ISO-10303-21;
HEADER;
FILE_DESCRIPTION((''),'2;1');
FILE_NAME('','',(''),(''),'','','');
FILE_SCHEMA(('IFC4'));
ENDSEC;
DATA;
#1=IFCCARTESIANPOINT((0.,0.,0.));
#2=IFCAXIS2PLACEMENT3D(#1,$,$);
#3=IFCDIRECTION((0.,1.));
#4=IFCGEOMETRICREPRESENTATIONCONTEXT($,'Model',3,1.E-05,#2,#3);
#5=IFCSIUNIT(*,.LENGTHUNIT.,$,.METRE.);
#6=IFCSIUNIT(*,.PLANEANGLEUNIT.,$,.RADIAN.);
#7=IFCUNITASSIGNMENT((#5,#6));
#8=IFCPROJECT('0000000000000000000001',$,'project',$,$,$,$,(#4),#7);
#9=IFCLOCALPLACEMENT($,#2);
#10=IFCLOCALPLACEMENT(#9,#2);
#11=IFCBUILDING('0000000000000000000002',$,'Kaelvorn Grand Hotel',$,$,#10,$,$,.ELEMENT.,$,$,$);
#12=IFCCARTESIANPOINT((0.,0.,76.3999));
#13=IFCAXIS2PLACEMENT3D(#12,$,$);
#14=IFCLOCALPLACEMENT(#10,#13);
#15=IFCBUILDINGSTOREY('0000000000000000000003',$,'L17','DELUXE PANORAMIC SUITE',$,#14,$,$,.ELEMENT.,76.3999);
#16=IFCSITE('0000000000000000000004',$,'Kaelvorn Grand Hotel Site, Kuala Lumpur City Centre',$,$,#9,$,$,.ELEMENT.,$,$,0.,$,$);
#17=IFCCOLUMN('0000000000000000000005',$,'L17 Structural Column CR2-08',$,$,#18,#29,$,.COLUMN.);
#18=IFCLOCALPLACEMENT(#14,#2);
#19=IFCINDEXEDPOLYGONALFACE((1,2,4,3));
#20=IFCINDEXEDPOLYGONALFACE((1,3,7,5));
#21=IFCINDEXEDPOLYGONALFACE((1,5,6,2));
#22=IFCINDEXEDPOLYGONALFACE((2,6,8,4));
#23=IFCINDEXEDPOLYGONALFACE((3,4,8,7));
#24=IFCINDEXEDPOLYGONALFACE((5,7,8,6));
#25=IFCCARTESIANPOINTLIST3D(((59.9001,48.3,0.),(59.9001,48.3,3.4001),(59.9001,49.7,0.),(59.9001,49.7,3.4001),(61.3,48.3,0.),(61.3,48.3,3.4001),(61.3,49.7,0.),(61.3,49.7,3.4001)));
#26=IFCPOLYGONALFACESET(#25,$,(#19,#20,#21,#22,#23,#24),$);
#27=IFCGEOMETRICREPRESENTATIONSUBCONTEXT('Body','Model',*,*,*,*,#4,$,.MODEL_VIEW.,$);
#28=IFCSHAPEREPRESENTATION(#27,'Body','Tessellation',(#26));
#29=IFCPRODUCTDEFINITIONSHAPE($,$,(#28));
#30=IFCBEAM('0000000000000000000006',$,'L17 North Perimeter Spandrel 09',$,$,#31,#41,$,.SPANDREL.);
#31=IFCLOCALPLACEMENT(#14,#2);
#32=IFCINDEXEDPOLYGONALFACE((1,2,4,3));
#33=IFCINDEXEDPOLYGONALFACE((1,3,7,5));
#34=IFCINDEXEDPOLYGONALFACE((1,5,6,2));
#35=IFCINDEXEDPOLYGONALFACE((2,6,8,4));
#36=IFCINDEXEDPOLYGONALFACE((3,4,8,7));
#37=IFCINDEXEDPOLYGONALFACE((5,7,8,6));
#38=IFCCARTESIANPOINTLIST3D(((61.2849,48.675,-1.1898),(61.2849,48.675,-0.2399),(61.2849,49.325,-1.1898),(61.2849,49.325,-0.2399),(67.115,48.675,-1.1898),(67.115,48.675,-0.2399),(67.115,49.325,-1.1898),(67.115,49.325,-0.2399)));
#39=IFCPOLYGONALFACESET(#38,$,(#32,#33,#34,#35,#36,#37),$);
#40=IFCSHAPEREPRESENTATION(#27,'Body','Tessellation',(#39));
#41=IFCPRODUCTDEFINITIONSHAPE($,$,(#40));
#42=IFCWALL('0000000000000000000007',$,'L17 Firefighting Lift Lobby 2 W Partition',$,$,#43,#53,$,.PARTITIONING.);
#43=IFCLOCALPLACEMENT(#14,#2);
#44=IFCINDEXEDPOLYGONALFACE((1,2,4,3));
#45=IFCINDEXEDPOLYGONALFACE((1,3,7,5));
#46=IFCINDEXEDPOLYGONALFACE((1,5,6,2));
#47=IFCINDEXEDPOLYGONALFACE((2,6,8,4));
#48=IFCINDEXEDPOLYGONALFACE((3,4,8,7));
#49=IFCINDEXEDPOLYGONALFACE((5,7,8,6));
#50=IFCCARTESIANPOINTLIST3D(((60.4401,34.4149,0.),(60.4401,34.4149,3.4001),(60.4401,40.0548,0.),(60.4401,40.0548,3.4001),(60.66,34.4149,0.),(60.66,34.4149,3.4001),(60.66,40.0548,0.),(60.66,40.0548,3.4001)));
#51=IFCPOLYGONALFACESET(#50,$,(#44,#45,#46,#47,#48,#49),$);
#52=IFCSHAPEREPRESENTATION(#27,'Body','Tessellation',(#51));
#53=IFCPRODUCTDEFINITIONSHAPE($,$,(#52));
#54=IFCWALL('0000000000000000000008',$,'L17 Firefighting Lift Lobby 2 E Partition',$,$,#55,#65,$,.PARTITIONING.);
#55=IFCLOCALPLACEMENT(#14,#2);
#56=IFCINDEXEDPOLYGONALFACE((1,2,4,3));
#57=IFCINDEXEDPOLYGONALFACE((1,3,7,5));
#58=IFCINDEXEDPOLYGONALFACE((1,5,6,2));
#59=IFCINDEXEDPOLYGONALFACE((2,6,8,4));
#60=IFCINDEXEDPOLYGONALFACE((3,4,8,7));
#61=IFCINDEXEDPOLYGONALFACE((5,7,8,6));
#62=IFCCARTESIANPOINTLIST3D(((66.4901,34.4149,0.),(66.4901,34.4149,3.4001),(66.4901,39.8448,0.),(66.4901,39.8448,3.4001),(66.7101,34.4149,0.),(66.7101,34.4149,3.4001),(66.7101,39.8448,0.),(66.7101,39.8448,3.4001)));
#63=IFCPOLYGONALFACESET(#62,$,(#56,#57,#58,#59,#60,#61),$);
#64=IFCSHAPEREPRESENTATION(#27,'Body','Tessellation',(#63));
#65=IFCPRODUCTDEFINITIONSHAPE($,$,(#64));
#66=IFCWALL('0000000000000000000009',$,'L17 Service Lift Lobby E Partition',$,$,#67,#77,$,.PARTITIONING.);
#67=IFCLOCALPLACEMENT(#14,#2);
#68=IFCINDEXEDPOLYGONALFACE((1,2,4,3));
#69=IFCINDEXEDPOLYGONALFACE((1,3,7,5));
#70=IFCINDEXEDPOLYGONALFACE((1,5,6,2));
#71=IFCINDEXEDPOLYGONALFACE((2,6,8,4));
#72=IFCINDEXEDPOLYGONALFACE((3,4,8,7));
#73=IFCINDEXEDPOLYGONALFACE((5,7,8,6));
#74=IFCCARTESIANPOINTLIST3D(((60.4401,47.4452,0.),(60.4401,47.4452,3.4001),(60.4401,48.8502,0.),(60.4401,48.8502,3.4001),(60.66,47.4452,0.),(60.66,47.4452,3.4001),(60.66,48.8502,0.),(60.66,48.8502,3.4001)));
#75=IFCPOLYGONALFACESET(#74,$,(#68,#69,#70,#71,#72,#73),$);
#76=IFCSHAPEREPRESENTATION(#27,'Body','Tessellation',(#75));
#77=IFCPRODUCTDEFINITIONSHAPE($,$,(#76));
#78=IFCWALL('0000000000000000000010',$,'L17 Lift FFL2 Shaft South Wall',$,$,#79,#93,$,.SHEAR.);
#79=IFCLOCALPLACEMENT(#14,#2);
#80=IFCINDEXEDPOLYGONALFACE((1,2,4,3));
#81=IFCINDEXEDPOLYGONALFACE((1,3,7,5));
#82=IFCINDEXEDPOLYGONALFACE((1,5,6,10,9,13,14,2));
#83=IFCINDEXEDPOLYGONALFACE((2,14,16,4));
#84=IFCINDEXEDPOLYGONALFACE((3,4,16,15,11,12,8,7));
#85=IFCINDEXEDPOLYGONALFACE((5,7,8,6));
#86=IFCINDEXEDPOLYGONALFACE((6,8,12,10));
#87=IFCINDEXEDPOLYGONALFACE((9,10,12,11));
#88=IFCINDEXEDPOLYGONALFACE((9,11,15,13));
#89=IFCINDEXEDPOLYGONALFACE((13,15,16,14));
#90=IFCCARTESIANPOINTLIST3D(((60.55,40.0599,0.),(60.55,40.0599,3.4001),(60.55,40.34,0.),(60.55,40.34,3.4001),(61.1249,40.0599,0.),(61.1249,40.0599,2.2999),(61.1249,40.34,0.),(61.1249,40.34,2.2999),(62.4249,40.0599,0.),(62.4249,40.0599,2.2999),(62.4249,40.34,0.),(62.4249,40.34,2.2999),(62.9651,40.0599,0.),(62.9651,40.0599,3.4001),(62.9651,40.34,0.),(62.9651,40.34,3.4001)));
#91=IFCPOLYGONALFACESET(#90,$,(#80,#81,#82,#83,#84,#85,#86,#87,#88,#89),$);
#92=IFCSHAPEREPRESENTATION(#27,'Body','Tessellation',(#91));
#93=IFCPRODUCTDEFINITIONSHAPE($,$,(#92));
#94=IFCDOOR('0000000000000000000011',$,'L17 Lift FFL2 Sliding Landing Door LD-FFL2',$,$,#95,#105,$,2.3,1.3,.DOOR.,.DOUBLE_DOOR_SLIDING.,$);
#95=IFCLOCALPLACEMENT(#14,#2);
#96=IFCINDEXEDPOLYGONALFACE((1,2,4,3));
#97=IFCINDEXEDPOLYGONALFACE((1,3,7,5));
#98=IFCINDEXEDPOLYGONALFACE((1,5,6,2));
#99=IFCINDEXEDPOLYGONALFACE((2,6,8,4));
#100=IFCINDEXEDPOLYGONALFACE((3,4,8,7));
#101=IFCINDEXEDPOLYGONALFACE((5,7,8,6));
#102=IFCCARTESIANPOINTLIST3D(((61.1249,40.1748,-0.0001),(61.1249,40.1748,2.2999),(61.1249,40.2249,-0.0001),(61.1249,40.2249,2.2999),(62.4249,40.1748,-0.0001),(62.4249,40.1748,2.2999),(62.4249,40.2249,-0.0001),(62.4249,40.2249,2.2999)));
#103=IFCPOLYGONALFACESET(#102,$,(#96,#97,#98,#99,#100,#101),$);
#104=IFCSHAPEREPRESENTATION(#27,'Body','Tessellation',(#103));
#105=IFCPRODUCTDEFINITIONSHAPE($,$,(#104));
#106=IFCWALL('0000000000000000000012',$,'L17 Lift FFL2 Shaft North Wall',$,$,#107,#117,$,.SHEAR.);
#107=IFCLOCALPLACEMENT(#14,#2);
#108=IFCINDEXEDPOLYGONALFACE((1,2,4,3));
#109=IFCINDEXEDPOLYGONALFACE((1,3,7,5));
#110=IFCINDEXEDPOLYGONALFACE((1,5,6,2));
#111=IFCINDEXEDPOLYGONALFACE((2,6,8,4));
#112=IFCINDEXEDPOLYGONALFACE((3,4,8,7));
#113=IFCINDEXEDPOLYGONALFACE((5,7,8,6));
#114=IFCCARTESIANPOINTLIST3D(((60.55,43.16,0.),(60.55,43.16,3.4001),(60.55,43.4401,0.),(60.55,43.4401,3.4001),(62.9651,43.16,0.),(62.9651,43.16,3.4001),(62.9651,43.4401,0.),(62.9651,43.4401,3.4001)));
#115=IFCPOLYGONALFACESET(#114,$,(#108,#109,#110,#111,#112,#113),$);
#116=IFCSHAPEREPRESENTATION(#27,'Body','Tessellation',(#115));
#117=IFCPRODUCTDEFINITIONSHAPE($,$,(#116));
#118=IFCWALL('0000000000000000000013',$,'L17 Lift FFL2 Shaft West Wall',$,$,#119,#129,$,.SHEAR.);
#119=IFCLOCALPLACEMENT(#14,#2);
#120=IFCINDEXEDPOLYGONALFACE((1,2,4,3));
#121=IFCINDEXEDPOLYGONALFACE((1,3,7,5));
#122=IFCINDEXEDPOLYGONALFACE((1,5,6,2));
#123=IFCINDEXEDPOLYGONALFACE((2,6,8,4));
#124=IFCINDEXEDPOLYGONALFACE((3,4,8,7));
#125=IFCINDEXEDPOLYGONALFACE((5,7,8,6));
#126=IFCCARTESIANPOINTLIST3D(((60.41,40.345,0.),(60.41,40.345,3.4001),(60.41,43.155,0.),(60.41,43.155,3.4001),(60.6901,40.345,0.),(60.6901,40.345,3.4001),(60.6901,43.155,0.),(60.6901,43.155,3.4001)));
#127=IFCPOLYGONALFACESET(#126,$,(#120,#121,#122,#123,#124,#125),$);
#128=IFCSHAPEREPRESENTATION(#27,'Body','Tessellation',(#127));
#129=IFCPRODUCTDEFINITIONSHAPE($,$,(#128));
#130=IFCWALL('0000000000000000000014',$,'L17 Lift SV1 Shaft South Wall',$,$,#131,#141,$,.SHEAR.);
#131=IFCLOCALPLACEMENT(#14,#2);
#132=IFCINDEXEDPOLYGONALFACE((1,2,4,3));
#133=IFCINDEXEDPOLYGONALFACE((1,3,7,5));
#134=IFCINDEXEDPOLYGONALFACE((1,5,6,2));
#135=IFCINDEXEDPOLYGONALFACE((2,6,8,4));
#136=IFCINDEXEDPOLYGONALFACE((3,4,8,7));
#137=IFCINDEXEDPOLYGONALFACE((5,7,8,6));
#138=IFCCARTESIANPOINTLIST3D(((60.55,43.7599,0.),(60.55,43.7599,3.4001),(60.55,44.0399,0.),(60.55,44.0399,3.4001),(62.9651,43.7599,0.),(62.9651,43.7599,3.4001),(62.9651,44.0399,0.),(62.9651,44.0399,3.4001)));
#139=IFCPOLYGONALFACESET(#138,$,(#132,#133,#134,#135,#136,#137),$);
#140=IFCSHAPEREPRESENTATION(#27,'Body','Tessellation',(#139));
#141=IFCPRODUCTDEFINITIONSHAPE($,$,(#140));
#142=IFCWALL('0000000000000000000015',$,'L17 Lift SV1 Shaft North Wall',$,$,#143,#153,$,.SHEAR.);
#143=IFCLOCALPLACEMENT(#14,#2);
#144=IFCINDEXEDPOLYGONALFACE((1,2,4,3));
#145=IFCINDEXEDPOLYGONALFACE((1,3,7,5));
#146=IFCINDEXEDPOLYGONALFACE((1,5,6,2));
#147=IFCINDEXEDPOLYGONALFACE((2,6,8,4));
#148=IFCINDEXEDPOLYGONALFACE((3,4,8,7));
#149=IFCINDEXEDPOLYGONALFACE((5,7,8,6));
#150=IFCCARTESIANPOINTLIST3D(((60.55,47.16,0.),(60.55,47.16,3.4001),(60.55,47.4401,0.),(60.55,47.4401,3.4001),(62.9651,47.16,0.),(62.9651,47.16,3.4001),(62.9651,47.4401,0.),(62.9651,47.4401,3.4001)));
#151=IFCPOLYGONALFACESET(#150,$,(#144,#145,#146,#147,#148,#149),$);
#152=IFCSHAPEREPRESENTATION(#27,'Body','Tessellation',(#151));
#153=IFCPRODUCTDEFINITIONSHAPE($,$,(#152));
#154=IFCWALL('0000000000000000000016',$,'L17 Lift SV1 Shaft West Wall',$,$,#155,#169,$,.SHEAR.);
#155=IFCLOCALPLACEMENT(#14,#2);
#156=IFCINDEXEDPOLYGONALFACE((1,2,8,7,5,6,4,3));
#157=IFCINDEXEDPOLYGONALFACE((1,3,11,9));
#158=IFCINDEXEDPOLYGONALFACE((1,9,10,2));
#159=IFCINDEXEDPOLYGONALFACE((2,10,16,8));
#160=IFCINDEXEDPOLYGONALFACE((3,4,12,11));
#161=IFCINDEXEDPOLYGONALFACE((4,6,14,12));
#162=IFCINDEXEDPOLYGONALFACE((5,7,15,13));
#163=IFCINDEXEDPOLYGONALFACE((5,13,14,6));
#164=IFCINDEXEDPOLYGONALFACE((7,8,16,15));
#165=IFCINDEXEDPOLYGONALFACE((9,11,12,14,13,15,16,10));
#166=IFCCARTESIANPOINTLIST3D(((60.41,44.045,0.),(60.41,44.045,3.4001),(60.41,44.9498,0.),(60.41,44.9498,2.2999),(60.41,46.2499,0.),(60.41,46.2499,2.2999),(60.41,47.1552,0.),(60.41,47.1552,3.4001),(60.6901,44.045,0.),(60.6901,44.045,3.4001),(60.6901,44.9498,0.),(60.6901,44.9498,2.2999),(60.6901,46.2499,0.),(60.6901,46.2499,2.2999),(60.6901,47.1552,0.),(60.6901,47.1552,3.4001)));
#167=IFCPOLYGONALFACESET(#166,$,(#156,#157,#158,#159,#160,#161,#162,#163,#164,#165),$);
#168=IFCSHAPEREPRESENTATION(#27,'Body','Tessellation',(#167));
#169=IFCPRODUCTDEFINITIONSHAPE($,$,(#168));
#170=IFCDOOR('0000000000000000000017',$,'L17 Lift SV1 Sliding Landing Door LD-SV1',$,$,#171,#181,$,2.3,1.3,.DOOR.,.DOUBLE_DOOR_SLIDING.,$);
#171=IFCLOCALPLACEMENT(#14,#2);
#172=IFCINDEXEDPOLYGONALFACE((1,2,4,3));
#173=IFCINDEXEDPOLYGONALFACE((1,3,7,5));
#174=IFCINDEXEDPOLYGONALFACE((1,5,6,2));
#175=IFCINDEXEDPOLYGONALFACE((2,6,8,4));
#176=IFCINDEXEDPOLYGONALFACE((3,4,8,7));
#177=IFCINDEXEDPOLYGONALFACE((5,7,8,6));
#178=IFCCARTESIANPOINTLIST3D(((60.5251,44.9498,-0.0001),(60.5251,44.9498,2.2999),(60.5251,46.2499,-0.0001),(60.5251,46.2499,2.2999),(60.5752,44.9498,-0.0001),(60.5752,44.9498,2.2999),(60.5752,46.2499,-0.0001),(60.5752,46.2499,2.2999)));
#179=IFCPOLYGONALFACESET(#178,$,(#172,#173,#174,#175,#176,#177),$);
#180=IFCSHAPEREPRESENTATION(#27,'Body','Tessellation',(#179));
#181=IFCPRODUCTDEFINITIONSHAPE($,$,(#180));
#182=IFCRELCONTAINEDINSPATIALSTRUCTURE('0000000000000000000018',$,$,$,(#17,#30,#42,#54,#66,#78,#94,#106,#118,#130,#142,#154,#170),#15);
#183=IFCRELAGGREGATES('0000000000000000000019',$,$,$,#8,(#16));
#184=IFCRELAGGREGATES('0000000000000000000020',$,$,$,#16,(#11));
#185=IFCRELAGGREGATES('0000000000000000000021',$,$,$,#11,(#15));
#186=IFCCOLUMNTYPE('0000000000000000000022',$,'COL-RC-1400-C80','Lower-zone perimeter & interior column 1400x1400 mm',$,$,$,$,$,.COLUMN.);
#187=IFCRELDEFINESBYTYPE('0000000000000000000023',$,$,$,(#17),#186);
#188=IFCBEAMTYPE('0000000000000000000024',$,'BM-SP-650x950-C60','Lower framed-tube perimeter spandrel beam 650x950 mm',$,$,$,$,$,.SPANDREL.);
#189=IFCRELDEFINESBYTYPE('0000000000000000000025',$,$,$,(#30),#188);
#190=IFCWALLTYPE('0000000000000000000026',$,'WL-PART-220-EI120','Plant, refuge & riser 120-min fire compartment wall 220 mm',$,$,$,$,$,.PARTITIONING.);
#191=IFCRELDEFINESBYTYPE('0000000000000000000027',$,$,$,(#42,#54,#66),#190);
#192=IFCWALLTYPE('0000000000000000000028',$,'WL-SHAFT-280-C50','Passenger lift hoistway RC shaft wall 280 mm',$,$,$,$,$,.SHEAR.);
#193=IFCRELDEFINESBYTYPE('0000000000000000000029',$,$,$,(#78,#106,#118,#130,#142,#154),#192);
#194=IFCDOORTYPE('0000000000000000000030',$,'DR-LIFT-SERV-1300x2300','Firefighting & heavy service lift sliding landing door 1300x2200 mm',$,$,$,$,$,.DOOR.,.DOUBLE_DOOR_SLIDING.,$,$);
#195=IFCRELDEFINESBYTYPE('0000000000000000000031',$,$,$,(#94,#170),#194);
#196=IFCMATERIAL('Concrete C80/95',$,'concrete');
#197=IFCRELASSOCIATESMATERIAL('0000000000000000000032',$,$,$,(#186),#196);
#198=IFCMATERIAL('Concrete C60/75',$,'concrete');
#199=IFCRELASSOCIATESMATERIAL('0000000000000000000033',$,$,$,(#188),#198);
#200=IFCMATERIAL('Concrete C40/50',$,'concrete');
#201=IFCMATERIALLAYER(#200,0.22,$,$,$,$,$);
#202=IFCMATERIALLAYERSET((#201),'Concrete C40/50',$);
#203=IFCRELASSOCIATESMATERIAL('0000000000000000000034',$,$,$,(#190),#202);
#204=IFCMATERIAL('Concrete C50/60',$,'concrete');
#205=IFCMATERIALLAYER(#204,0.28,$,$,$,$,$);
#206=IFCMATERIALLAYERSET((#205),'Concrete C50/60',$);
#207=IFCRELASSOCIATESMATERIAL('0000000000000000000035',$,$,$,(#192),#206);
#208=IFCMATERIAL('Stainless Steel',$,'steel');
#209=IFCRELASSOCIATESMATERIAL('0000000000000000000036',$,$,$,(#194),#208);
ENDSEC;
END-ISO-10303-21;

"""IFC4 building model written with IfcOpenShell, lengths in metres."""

from ifc_helpers import new_model, si_unit, direction, frame, frame_2d, origin, origin_2d, place, context, subcontext, project, spatial, rectangle, extrude, material, layer, layer_set, material_profile, profile_set, type_object, element, fill, save


model = new_model("IFC4")

# Units and contexts
model_context = context("Model", 3, precision=1e-05, world=origin(), true_north=direction((0.0, 1.0)))
body_context = subcontext(model_context, "Body", "Model", "MODEL_VIEW")
ifc_project = project(units=[si_unit("LENGTHUNIT", "METRE"), si_unit("PLANEANGLEUNIT", "RADIAN")], contexts=[model_context])

# Site, building, storey
site_placement = place(None, origin())
site = spatial("IfcSite", under=ifc_project, at=site_placement, Name="Kaelvorn Grand Hotel Site, Kuala Lumpur City Centre", CompositionType="ELEMENT", RefElevation=0.0)
building_placement = place(site_placement, origin())
building = spatial("IfcBuilding", under=site, at=building_placement, Name="Kaelvorn Grand Hotel", CompositionType="ELEMENT")
storey_placement = place(building_placement, frame((0.0, 0.0, 76.3999)))
storey = spatial("IfcBuildingStorey", under=building, at=storey_placement, Name="L17", Description="DELUXE PANORAMIC SUITE", CompositionType="ELEMENT", Elevation=76.3999)

# Column
ifc_material_1 = material(Name="Concrete C80/95", Category="concrete")
ifc_material_profile_1 = material_profile(ifc_material_1, rectangle(XDim=1.3999, YDim=1.3999, at=origin_2d()), Name="RC COL 1400x1400")
ifc_profile_set_1 = profile_set([ifc_material_profile_1], Name="Concrete C80/95")
column_type = type_object("IfcColumnType", Name="COL-RC-1400-C80", Description="Lower-zone perimeter & interior column 1400x1400 mm", PredefinedType="COLUMN", material=ifc_profile_set_1)
column_placement = place(storey_placement, frame((60.6001, 49.0, 0.0), z_axis=(0.0, 0.0, 1.0), x_axis=(1.0, 0.0, 0.0)))
element("IfcColumn", 1, at=column_placement, inside=storey, type_object=column_type, Name="L17 Structural Column CR2-08", PredefinedType="COLUMN", context=body_context, shape_type="SweptSolid", body=[
    extrude(rectangle(XDim=1.3999, YDim=1.3999, at=origin_2d()), origin(), (0.0, 0.0, 1.0), 3.4001),
])

# Beam
ifc_material_2 = material(Name="Concrete C60/75", Category="concrete")
ifc_material_profile_2 = material_profile(ifc_material_2, rectangle(XDim=0.6499, YDim=0.95, at=origin_2d()), Name="RC SPANDREL 650x950")
ifc_profile_set_2 = profile_set([ifc_material_profile_2], Name="Concrete C60/75")
beam_type = type_object("IfcBeamType", Name="BM-SP-650x950-C60", Description="Lower framed-tube perimeter spandrel beam 650x950 mm", PredefinedType="SPANDREL", material=ifc_profile_set_2)
beam_placement = place(storey_placement, frame((61.2849, 49.0, -0.7148), z_axis=(1.0, 0.0, 0.0), x_axis=(0.0, 1.0, 0.0)))
element("IfcBeam", 2, at=beam_placement, inside=storey, type_object=beam_type, Name="L17 North Perimeter Spandrel 09", PredefinedType="SPANDREL", context=body_context, shape_type="SweptSolid", body=[
    extrude(rectangle(XDim=0.6499, YDim=0.95, at=origin_2d()), origin(), (0.0, 0.0, 1.0), 5.8301),
])

# Shared definitions
ifc_material_3 = material(Name="Concrete C40/50", Category="concrete")
ifc_layer_1 = layer(ifc_material_3, 0.22)
ifc_layer_set_1 = layer_set([ifc_layer_1], Name="Concrete C40/50")
wall_type_1 = type_object("IfcWallType", Name="WL-PART-220-EI120", Description="Plant, refuge & riser 120-min fire compartment wall 220 mm", PredefinedType="PARTITIONING", material=ifc_layer_set_1)

# Walls
wall_1_placement = place(storey_placement, frame((60.55, 34.415, 0.0), z_axis=(0.0, 0.0, 1.0), x_axis=(0.0, 1.0, 0.0)))
element("IfcWall", 3, at=wall_1_placement, inside=storey, type_object=wall_type_1, Name="L17 Firefighting Lift Lobby 2 W Partition", PredefinedType="PARTITIONING", context=body_context, shape_type="SweptSolid", body=[
    extrude(rectangle(XDim=5.6399, YDim=0.22, at=frame_2d((2.8198, 0.0))), origin(), (0.0, 0.0, 1.0), 3.4001),
])
wall_2_placement = place(storey_placement, frame((66.6001, 34.415, 0.0), z_axis=(0.0, 0.0, 1.0), x_axis=(0.0, 1.0, 0.0)))
element("IfcWall", 4, at=wall_2_placement, inside=storey, type_object=wall_type_1, Name="L17 Firefighting Lift Lobby 2 E Partition", PredefinedType="PARTITIONING", context=body_context, shape_type="SweptSolid", body=[
    extrude(rectangle(XDim=5.4299, YDim=0.22, at=frame_2d((2.7148, 0.0))), origin(), (0.0, 0.0, 1.0), 3.4001),
])
wall_3_placement = place(storey_placement, frame((60.55, 47.4451, 0.0), z_axis=(0.0, 0.0, 1.0), x_axis=(0.0, 1.0, 0.0)))
element("IfcWall", 5, at=wall_3_placement, inside=storey, type_object=wall_type_1, Name="L17 Service Lift Lobby E Partition", PredefinedType="PARTITIONING", context=body_context, shape_type="SweptSolid", body=[
    extrude(rectangle(XDim=1.405, YDim=0.22, at=frame_2d((0.7026, 0.0))), origin(), (0.0, 0.0, 1.0), 3.4001),
])

# Wall, opening, door
ifc_material_4 = material(Name="Concrete C50/60", Category="concrete")
ifc_layer_2 = layer(ifc_material_4, 0.28)
ifc_layer_set_2 = layer_set([ifc_layer_2], Name="Concrete C50/60")
wall_type_2 = type_object("IfcWallType", Name="WL-SHAFT-280-C50", Description="Passenger lift hoistway RC shaft wall 280 mm", PredefinedType="SHEAR", material=ifc_layer_set_2)
wall_4_placement = place(storey_placement, frame((60.55, 40.2, 0.0), z_axis=(0.0, 0.0, 1.0), x_axis=(1.0, 0.0, 0.0)))
wall_4 = element("IfcWall", 6, at=wall_4_placement, inside=storey, type_object=wall_type_2, Name="L17 Lift FFL2 Shaft South Wall", PredefinedType="SHEAR", context=body_context, shape_type="SweptSolid", body=[
    extrude(rectangle(XDim=2.415, YDim=0.28, at=frame_2d((1.2075, 0.0))), origin(), (0.0, 0.0, 1.0), 3.4001),
])
opening_1_placement = place(wall_4_placement, frame((0.575, 0.0, 0.0)))
opening_1 = element("IfcOpeningElement", 7, at=opening_1_placement, cuts=wall_4, PredefinedType="OPENING", context=body_context, shape_type="SweptSolid", body=[
    extrude(rectangle(XDim=1.3, YDim=2.3, at=frame_2d((0.6499, 1.1499))), frame((0.0, 0.1499, 0.0), z_axis=(0.0, -1.0, 0.0), x_axis=(1.0, 0.0, 0.0)), (0.0, 0.0, 1.0), 0.3),
])
ifc_material_5 = material(Name="Stainless Steel", Category="steel")
door_type_1 = type_object("IfcDoorType", Name="DR-LIFT-SERV-1300x2300", Description="Firefighting & heavy service lift sliding landing door 1300x2200 mm", OperationType="DOUBLE_DOOR_SLIDING", PredefinedType="DOOR", material=ifc_material_5)
door_1_placement = place(opening_1_placement, origin())
door_1 = element("IfcDoor", 8, at=door_1_placement, inside=storey, type_object=door_type_1, Name="L17 Lift FFL2 Sliding Landing Door LD-FFL2", OperationType="DOUBLE_DOOR_SLIDING", OverallHeight=2.3, OverallWidth=1.3, PredefinedType="DOOR", context=body_context, shape_type="SweptSolid", body=[
    extrude(rectangle(XDim=1.3, YDim=2.3, at=frame_2d((0.6499, 1.1499))), frame((0.0, 0.0249, 0.0), z_axis=(0.0, -1.0, 0.0), x_axis=(1.0, 0.0, 0.0)), (0.0, 0.0, 1.0), 0.05),
])
fill(opening_1, door_1)

# Walls
wall_5_placement = place(storey_placement, frame((60.55, 43.3, 0.0), z_axis=(0.0, 0.0, 1.0), x_axis=(1.0, 0.0, 0.0)))
element("IfcWall", 9, at=wall_5_placement, inside=storey, type_object=wall_type_2, Name="L17 Lift FFL2 Shaft North Wall", PredefinedType="SHEAR", context=body_context, shape_type="SweptSolid", body=[
    extrude(rectangle(XDim=2.415, YDim=0.28, at=frame_2d((1.2075, 0.0))), origin(), (0.0, 0.0, 1.0), 3.4001),
])
wall_6_placement = place(storey_placement, frame((60.55, 40.345, 0.0), z_axis=(0.0, 0.0, 1.0), x_axis=(0.0, 1.0, 0.0)))
element("IfcWall", 10, at=wall_6_placement, inside=storey, type_object=wall_type_2, Name="L17 Lift FFL2 Shaft West Wall", PredefinedType="SHEAR", context=body_context, shape_type="SweptSolid", body=[
    extrude(rectangle(XDim=2.8101, YDim=0.28, at=frame_2d((1.405, 0.0))), origin(), (0.0, 0.0, 1.0), 3.4001),
])
for number, where, z_axis, x_axis, name in (
    (11, (60.55, 43.8999, 0.0), (0.0, 0.0, 1.0), (1.0, 0.0, 0.0), "L17 Lift SV1 Shaft South Wall"),
    (12, (60.55, 47.3, 0.0), (0.0, 0.0, 1.0), (1.0, 0.0, 0.0), "L17 Lift SV1 Shaft North Wall"),
):
    element("IfcWall", number, at=place(storey_placement, frame(where, z_axis=z_axis, x_axis=x_axis)), inside=storey, type_object=wall_type_2, Name=name, PredefinedType="SHEAR", context=body_context, shape_type="SweptSolid", body=[
        extrude(rectangle(XDim=2.415, YDim=0.28, at=frame_2d((1.2075, 0.0))), origin(), (0.0, 0.0, 1.0), 3.4001),
    ])

# Wall, opening, door
wall_7_placement = place(storey_placement, frame((60.55, 44.0449, 0.0), z_axis=(0.0, 0.0, 1.0), x_axis=(0.0, 1.0, 0.0)))
wall_7 = element("IfcWall", 13, at=wall_7_placement, inside=storey, type_object=wall_type_2, Name="L17 Lift SV1 Shaft West Wall", PredefinedType="SHEAR", context=body_context, shape_type="SweptSolid", body=[
    extrude(rectangle(XDim=3.1101, YDim=0.28, at=frame_2d((1.5552, 0.0))), origin(), (0.0, 0.0, 1.0), 3.4001),
])
opening_2_placement = place(wall_7_placement, frame((0.905, 0.0, 0.0)))
opening_2 = element("IfcOpeningElement", 14, at=opening_2_placement, cuts=wall_7, PredefinedType="OPENING", context=body_context, shape_type="SweptSolid", body=[
    extrude(rectangle(XDim=1.3, YDim=2.3, at=frame_2d((0.6499, 1.1499))), frame((0.0, 0.1499, 0.0), z_axis=(0.0, -1.0, 0.0), x_axis=(1.0, 0.0, 0.0)), (0.0, 0.0, 1.0), 0.3),
])
door_2_placement = place(opening_2_placement, origin())
door_2 = element("IfcDoor", 15, at=door_2_placement, inside=storey, type_object=door_type_1, Name="L17 Lift SV1 Sliding Landing Door LD-SV1", OperationType="DOUBLE_DOOR_SLIDING", OverallHeight=2.3, OverallWidth=1.3, PredefinedType="DOOR", context=body_context, shape_type="SweptSolid", body=[
    extrude(rectangle(XDim=1.3, YDim=2.3, at=frame_2d((0.6499, 1.1499))), frame((0.0, 0.0249, 0.0), z_axis=(0.0, -1.0, 0.0), x_axis=(1.0, 0.0, 0.0)), (0.0, 0.0, 1.0), 0.05),
])
fill(opening_2, door_2)

save(model, "model.ifc")
